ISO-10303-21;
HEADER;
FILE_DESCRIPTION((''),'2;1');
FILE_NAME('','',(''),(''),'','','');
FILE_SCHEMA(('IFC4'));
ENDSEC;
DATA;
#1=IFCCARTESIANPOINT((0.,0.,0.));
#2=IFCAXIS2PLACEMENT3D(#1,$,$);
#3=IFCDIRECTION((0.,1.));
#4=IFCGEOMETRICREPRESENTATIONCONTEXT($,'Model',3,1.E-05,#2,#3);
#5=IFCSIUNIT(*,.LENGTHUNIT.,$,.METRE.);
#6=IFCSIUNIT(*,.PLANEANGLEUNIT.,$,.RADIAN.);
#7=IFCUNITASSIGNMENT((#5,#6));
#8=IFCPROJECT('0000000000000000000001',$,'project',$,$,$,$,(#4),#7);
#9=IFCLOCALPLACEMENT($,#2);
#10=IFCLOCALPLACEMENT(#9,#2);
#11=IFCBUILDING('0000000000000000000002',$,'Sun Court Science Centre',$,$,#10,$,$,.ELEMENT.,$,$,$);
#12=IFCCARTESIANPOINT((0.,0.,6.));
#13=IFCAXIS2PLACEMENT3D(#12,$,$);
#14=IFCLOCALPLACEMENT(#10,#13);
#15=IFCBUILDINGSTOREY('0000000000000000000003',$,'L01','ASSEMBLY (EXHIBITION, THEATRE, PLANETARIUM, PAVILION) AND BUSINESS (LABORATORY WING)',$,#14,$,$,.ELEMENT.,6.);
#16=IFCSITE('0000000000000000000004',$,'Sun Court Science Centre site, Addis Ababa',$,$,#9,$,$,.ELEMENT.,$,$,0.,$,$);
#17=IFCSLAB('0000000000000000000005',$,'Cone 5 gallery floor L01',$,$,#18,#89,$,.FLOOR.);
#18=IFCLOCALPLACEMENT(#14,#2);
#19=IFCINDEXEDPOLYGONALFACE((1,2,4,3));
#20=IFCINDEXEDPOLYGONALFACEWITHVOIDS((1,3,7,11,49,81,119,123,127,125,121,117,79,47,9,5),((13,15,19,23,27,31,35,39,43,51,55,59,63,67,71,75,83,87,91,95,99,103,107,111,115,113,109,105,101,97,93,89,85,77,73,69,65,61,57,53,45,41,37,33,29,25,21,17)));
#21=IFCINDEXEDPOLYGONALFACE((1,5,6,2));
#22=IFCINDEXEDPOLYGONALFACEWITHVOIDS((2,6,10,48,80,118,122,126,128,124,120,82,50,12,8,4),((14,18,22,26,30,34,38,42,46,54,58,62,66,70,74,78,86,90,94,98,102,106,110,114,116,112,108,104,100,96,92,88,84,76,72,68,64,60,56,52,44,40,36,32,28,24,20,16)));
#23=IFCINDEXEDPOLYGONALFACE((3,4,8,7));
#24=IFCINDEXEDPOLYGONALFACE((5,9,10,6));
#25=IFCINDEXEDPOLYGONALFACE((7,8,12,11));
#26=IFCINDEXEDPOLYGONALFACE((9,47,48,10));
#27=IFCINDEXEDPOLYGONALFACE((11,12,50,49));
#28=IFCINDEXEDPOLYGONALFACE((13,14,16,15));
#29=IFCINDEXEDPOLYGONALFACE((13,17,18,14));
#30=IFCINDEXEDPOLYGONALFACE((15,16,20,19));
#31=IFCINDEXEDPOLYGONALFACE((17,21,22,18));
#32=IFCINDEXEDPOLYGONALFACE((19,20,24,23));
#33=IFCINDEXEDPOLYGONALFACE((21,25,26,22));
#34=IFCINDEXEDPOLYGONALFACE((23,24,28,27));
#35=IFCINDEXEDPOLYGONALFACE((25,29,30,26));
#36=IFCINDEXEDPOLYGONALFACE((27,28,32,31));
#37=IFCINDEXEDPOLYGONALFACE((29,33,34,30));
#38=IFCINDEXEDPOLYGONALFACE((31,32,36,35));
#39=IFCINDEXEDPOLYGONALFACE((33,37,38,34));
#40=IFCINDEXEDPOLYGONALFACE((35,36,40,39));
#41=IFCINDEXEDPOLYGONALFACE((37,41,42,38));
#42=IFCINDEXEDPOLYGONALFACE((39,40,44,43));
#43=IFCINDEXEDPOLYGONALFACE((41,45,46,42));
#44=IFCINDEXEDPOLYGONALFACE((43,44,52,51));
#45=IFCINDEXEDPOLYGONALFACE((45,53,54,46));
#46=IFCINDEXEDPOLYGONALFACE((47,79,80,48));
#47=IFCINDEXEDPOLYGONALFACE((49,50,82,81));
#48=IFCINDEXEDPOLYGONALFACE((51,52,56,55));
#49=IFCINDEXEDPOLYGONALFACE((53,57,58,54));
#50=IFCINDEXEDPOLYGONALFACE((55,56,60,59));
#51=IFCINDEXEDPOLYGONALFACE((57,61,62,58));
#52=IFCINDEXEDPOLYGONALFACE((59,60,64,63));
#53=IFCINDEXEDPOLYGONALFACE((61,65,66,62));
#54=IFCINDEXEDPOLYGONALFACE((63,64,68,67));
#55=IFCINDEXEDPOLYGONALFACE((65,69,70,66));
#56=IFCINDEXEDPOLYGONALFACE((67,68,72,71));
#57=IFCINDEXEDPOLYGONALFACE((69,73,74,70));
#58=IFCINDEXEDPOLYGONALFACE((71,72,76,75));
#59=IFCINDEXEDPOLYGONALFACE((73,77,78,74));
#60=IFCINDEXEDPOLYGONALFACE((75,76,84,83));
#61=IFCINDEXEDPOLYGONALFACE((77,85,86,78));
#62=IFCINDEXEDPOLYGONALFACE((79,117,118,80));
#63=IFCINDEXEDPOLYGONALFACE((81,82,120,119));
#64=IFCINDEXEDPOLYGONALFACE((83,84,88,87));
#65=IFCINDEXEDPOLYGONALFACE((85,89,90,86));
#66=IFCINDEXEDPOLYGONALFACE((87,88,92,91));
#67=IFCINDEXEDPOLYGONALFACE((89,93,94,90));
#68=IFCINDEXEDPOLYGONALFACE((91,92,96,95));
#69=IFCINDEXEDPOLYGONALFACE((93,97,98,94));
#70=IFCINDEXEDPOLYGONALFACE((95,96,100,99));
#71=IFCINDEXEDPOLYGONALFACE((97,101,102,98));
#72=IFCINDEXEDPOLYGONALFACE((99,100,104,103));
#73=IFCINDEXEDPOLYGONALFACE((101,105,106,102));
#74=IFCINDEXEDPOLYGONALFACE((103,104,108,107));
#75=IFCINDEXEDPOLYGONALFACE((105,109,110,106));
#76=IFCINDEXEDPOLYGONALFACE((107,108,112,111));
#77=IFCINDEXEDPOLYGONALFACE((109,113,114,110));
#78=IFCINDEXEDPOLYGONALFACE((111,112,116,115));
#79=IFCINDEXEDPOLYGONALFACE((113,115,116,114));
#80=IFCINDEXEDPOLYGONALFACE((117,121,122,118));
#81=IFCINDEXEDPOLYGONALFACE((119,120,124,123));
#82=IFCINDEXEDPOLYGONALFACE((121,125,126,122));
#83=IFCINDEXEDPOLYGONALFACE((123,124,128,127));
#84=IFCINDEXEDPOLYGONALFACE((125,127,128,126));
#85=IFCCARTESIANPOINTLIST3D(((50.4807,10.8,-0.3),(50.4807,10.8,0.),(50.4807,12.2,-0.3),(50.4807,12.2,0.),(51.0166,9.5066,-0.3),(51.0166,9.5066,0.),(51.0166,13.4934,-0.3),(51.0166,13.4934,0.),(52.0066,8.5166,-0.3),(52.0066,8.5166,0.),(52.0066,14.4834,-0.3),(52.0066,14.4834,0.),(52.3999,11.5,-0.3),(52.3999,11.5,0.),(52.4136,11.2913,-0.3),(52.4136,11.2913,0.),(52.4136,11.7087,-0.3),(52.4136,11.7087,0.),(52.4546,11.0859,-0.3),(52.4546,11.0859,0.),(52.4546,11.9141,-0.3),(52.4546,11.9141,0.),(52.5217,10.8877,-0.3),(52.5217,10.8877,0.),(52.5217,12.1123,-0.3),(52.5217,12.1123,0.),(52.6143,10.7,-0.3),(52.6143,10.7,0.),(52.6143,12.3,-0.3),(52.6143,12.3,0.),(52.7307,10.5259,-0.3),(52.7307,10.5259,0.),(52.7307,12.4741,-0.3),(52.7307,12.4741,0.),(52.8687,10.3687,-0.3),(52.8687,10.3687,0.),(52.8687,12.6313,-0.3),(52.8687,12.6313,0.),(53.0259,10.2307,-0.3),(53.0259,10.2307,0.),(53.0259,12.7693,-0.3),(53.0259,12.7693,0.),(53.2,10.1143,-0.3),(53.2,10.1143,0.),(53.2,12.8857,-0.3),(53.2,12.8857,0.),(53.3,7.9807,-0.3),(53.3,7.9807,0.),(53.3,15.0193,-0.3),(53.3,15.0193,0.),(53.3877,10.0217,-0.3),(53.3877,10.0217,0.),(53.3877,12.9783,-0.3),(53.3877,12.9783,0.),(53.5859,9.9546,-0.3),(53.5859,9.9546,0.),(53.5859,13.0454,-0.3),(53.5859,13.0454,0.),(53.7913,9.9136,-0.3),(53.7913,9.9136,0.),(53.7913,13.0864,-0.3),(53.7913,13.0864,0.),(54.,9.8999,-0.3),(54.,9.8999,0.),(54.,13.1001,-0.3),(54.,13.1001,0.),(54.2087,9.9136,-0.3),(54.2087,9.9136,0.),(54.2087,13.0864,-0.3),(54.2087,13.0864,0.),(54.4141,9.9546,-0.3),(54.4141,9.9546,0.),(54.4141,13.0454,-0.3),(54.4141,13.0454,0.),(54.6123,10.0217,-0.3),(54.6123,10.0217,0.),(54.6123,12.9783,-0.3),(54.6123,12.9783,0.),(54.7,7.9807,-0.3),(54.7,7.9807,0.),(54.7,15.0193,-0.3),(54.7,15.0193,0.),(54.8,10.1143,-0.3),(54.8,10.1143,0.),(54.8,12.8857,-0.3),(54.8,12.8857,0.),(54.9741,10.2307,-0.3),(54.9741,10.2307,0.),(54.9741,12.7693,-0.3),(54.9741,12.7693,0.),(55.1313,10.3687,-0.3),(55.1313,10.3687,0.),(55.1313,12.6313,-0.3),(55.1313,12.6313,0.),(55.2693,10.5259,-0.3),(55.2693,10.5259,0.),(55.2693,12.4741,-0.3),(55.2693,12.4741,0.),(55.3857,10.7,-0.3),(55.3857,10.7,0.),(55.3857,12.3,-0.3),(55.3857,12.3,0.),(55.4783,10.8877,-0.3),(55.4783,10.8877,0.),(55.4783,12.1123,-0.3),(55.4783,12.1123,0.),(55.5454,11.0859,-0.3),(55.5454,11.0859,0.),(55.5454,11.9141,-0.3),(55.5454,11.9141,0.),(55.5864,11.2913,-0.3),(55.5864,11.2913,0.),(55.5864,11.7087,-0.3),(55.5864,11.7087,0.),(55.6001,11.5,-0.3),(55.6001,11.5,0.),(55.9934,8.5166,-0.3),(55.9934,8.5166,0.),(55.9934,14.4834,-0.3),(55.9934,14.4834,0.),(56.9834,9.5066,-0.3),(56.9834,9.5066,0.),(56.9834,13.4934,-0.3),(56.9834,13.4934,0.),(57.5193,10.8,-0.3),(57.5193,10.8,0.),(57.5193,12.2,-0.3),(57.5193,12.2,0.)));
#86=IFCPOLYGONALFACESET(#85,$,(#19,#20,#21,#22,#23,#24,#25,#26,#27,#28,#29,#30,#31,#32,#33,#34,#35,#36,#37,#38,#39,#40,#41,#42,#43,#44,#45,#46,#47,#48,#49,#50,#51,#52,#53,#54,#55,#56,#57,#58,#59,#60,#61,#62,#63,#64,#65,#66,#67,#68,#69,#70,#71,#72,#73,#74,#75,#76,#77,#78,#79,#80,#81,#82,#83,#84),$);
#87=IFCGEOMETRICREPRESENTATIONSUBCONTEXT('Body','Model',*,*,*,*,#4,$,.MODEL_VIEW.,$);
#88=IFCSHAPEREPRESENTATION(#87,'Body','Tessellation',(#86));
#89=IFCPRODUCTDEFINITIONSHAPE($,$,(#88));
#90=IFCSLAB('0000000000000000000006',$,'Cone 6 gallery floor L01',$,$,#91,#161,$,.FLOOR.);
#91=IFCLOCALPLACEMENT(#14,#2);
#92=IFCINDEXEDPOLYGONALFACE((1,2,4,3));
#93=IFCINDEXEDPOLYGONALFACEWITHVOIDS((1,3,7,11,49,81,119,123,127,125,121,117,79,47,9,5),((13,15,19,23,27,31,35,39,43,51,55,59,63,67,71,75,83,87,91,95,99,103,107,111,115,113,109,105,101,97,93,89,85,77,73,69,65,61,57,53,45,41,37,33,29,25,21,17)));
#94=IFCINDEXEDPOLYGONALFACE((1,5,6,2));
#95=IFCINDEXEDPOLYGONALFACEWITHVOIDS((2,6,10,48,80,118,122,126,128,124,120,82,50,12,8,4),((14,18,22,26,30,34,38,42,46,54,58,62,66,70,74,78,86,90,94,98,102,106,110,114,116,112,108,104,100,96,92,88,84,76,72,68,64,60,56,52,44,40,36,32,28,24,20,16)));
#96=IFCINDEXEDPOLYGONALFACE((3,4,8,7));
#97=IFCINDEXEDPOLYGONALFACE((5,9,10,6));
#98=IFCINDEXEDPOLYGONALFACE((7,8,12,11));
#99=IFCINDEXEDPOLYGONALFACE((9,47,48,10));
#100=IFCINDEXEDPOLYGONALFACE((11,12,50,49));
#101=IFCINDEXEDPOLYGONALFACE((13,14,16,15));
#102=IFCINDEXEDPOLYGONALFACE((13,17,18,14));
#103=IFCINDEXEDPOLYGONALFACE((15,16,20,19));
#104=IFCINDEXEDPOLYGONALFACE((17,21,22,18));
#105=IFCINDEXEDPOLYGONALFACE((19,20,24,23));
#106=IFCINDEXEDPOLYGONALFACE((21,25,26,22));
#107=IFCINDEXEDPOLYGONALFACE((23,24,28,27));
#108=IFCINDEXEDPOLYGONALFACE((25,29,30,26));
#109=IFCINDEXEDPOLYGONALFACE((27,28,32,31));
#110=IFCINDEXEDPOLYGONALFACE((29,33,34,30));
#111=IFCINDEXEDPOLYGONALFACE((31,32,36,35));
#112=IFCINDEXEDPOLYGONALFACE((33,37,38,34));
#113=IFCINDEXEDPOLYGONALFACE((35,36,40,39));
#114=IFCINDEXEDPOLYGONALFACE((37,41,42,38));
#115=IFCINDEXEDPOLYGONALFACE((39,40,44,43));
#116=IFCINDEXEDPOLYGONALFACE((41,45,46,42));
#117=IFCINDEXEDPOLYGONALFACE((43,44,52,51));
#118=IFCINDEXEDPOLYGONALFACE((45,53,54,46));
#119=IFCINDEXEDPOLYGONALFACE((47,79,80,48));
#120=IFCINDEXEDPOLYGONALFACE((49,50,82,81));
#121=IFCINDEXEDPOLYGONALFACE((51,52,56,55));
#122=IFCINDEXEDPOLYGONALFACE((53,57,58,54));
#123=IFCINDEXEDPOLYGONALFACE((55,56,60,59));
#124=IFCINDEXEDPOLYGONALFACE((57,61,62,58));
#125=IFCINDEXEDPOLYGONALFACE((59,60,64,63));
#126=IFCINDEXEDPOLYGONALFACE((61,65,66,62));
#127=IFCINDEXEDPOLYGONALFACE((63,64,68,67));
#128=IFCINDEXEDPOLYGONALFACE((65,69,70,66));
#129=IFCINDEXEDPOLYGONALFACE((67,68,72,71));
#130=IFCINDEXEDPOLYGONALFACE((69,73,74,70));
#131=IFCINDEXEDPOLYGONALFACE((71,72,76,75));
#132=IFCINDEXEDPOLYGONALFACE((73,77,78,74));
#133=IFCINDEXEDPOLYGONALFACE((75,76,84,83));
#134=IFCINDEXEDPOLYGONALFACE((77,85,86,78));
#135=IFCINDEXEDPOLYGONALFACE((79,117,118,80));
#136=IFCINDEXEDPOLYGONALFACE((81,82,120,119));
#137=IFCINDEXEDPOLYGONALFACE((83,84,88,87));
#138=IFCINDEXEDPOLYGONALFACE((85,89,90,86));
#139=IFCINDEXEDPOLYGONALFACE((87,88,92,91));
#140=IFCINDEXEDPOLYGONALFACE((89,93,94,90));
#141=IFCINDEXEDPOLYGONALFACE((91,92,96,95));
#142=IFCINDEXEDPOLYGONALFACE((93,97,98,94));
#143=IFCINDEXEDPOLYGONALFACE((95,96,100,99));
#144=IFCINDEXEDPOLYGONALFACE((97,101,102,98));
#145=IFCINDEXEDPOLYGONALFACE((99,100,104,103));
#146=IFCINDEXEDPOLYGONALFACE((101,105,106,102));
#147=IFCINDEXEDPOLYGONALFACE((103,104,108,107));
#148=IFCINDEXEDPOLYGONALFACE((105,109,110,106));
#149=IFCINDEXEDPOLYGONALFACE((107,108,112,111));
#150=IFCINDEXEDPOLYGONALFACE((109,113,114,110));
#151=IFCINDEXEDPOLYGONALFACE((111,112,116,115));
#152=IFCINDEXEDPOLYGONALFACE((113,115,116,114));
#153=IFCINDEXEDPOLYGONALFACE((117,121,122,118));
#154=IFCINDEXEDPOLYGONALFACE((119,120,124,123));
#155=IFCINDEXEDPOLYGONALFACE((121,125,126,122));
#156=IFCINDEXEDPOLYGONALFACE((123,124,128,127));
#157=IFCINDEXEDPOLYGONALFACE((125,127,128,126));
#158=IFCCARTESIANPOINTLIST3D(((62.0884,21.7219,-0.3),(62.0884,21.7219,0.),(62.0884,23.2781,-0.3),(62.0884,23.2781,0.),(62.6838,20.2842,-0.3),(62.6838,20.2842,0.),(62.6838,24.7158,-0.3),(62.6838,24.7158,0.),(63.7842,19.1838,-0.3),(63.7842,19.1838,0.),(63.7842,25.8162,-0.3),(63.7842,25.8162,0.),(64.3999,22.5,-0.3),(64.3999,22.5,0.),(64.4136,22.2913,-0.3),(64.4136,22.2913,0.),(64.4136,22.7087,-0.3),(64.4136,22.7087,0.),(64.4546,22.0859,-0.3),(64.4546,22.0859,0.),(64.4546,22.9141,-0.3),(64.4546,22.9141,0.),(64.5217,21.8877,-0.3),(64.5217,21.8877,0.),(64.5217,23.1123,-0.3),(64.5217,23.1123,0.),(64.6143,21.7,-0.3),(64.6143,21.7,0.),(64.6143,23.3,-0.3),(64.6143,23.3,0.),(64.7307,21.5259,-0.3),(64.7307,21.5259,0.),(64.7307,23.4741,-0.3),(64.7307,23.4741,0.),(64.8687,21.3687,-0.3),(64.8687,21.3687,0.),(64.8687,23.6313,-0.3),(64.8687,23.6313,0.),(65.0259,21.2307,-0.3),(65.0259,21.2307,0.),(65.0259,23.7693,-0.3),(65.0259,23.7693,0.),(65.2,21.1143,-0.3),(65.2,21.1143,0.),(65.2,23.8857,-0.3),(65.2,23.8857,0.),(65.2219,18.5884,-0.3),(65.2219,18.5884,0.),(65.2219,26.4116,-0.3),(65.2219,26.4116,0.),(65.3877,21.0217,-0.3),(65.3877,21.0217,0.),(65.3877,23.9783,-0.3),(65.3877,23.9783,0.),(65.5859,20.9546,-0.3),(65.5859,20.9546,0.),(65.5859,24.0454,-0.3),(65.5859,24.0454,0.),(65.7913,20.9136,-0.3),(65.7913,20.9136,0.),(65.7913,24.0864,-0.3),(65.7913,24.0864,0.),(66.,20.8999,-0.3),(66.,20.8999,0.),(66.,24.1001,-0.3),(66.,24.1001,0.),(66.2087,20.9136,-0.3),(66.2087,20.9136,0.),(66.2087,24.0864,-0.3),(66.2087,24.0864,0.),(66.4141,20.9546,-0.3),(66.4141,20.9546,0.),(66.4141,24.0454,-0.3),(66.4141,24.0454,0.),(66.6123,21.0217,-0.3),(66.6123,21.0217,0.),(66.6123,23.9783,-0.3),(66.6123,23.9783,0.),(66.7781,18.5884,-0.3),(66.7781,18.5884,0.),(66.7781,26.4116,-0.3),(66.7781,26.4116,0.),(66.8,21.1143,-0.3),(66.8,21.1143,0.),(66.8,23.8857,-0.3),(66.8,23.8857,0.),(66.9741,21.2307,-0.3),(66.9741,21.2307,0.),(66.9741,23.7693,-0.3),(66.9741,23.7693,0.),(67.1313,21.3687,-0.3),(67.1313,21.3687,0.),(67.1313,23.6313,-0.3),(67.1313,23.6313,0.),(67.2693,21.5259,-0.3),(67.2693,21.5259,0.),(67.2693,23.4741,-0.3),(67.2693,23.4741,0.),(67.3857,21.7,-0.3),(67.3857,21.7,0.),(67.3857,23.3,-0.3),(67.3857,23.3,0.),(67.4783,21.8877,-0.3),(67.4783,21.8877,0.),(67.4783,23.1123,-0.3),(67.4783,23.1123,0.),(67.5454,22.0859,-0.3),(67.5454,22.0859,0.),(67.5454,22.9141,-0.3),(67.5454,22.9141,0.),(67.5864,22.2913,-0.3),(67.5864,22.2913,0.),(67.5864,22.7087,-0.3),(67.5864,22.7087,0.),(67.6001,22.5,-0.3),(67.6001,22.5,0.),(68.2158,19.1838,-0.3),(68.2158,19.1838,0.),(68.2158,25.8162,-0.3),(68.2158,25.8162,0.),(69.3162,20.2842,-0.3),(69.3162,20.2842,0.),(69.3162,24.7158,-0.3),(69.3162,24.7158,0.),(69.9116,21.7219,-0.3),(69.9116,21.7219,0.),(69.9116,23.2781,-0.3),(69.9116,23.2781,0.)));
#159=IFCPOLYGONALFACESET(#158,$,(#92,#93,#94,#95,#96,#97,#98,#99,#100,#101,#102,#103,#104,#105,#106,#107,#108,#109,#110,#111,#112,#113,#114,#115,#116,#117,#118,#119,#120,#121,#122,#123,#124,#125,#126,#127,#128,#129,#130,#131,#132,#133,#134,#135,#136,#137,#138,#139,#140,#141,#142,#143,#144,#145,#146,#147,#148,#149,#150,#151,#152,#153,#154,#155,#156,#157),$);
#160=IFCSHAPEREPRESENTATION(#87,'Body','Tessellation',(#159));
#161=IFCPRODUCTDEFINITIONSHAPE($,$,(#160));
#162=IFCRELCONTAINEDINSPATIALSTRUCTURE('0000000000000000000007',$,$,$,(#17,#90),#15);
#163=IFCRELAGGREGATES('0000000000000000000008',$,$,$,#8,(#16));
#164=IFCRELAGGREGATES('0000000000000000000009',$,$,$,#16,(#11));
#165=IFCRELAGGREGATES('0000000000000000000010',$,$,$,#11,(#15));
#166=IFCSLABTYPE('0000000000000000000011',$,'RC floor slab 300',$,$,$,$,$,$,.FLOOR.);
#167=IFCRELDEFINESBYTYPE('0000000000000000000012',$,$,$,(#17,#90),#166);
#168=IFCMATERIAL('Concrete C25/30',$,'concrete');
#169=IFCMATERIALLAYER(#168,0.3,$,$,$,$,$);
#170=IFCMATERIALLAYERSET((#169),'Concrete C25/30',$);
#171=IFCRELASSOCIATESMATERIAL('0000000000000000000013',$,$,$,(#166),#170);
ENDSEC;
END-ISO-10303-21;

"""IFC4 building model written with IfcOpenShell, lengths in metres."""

from ifc_helpers import new_model, si_unit, direction, frame, origin, place, context, subcontext, project, spatial, polyline, outline, extrude, material, layer, layer_set, type_object, element, save


model = new_model("IFC4")

# Units and contexts
model_context = context("Model", 3, precision=1e-05, world=origin(), true_north=direction((0.0, 1.0)))
body_context = subcontext(model_context, "Body", "Model", "MODEL_VIEW")
ifc_project = project(units=[si_unit("LENGTHUNIT", "METRE"), si_unit("PLANEANGLEUNIT", "RADIAN")], contexts=[model_context])

# Site, building, storey
site_placement = place(None, origin())
site = spatial("IfcSite", under=ifc_project, at=site_placement, Name="Sun Court Science Centre site, Addis Ababa", CompositionType="ELEMENT", RefElevation=0.0)
building_placement = place(site_placement, origin())
building = spatial("IfcBuilding", under=site, at=building_placement, Name="Sun Court Science Centre", CompositionType="ELEMENT")
storey_placement = place(building_placement, frame((0.0, 0.0, 6.0)))
storey = spatial("IfcBuildingStorey", under=building, at=storey_placement, Name="L01", Description="ASSEMBLY (EXHIBITION, THEATRE, PLANETARIUM, PAVILION) AND BUSINESS (LABORATORY WING)", CompositionType="ELEMENT", Elevation=6.0)

# Slabs
ifc_material_1 = material(Name="Concrete C25/30", Category="concrete")
ifc_layer_1 = layer(ifc_material_1, 0.3)
ifc_layer_set_1 = layer_set([ifc_layer_1], Name="Concrete C25/30")
slab_type_1 = type_object("IfcSlabType", Name="RC floor slab 300", PredefinedType="FLOOR", material=ifc_layer_set_1)
slab_1_placement = place(storey_placement, frame((0.0, 0.0, -0.3)))
element("IfcSlab", 1, at=slab_1_placement, inside=storey, type_object=slab_type_1, Name="Cone 5 gallery floor L01", PredefinedType="FLOOR", context=body_context, shape_type="SweptSolid", body=[
    extrude(outline(polyline([(57.5193, 10.8), (57.5193, 12.2), (56.9834, 13.4934), (55.9934, 14.4834), (54.7, 15.0193), (53.3, 15.0193), (52.0066, 14.4834), (51.0166, 13.4934), (50.4807, 12.2), (50.4807, 10.8), (51.0166, 9.5066), (52.0066, 8.5166), (53.3, 7.9807), (54.7, 7.9807), (55.9934, 8.5166), (56.9834, 9.5066), (57.5193, 10.8)]), holes=[polyline([(55.5864, 11.7087), (55.6001, 11.5), (55.5864, 11.2913), (55.5454, 11.0859), (55.4783, 10.8877), (55.3857, 10.7), (55.2693, 10.5259), (55.1313, 10.3687), (54.9741, 10.2307), (54.8, 10.1143), (54.6123, 10.0217), (54.4141, 9.9546), (54.2087, 9.9136), (54.0, 9.8999), (53.7913, 9.9136), (53.5859, 9.9546), (53.3877, 10.0217), (53.2, 10.1143), (53.0259, 10.2307), (52.8687, 10.3687), (52.7307, 10.5259), (52.6143, 10.7), (52.5217, 10.8877), (52.4546, 11.0859), (52.4136, 11.2913), (52.3999, 11.5), (52.4136, 11.7087), (52.4546, 11.9141), (52.5217, 12.1123), (52.6143, 12.3), (52.7307, 12.4741), (52.8687, 12.6313), (53.0259, 12.7693), (53.2, 12.8857), (53.3877, 12.9783), (53.5859, 13.0454), (53.7913, 13.0864), (54.0, 13.1001), (54.2087, 13.0864), (54.4141, 13.0454), (54.6123, 12.9783), (54.8, 12.8857), (54.9741, 12.7693), (55.1313, 12.6313), (55.2693, 12.4741), (55.3857, 12.3), (55.4783, 12.1123), (55.5454, 11.9141), (55.5864, 11.7087)])]), origin(), (0.0, 0.0, 1.0), 0.3),
])
slab_2_placement = place(storey_placement, frame((0.0, 0.0, -0.3)))
element("IfcSlab", 2, at=slab_2_placement, inside=storey, type_object=slab_type_1, Name="Cone 6 gallery floor L01", PredefinedType="FLOOR", context=body_context, shape_type="SweptSolid", body=[
    extrude(outline(polyline([(69.9116, 21.7219), (69.9116, 23.2781), (69.3162, 24.7158), (68.2158, 25.8162), (66.7781, 26.4116), (65.2219, 26.4116), (63.7842, 25.8162), (62.6838, 24.7158), (62.0884, 23.2781), (62.0884, 21.7219), (62.6838, 20.2842), (63.7842, 19.1838), (65.2219, 18.5884), (66.7781, 18.5884), (68.2158, 19.1838), (69.3162, 20.2842), (69.9116, 21.7219)]), holes=[polyline([(67.5864, 22.7087), (67.6001, 22.5), (67.5864, 22.2913), (67.5454, 22.0859), (67.4783, 21.8877), (67.3857, 21.7), (67.2693, 21.5259), (67.1313, 21.3687), (66.9741, 21.2307), (66.8, 21.1143), (66.6123, 21.0217), (66.4141, 20.9546), (66.2087, 20.9136), (66.0, 20.8999), (65.7913, 20.9136), (65.5859, 20.9546), (65.3877, 21.0217), (65.2, 21.1143), (65.0259, 21.2307), (64.8687, 21.3687), (64.7307, 21.5259), (64.6143, 21.7), (64.5217, 21.8877), (64.4546, 22.0859), (64.4136, 22.2913), (64.3999, 22.5), (64.4136, 22.7087), (64.4546, 22.9141), (64.5217, 23.1123), (64.6143, 23.3), (64.7307, 23.4741), (64.8687, 23.6313), (65.0259, 23.7693), (65.2, 23.8857), (65.3877, 23.9783), (65.5859, 24.0454), (65.7913, 24.0864), (66.0, 24.1001), (66.2087, 24.0864), (66.4141, 24.0454), (66.6123, 23.9783), (66.8, 23.8857), (66.9741, 23.7693), (67.1313, 23.6313), (67.2693, 23.4741), (67.3857, 23.3), (67.4783, 23.1123), (67.5454, 22.9141), (67.5864, 22.7087)])]), origin(), (0.0, 0.0, 1.0), 0.3),
])

save(model, "model.ifc")
